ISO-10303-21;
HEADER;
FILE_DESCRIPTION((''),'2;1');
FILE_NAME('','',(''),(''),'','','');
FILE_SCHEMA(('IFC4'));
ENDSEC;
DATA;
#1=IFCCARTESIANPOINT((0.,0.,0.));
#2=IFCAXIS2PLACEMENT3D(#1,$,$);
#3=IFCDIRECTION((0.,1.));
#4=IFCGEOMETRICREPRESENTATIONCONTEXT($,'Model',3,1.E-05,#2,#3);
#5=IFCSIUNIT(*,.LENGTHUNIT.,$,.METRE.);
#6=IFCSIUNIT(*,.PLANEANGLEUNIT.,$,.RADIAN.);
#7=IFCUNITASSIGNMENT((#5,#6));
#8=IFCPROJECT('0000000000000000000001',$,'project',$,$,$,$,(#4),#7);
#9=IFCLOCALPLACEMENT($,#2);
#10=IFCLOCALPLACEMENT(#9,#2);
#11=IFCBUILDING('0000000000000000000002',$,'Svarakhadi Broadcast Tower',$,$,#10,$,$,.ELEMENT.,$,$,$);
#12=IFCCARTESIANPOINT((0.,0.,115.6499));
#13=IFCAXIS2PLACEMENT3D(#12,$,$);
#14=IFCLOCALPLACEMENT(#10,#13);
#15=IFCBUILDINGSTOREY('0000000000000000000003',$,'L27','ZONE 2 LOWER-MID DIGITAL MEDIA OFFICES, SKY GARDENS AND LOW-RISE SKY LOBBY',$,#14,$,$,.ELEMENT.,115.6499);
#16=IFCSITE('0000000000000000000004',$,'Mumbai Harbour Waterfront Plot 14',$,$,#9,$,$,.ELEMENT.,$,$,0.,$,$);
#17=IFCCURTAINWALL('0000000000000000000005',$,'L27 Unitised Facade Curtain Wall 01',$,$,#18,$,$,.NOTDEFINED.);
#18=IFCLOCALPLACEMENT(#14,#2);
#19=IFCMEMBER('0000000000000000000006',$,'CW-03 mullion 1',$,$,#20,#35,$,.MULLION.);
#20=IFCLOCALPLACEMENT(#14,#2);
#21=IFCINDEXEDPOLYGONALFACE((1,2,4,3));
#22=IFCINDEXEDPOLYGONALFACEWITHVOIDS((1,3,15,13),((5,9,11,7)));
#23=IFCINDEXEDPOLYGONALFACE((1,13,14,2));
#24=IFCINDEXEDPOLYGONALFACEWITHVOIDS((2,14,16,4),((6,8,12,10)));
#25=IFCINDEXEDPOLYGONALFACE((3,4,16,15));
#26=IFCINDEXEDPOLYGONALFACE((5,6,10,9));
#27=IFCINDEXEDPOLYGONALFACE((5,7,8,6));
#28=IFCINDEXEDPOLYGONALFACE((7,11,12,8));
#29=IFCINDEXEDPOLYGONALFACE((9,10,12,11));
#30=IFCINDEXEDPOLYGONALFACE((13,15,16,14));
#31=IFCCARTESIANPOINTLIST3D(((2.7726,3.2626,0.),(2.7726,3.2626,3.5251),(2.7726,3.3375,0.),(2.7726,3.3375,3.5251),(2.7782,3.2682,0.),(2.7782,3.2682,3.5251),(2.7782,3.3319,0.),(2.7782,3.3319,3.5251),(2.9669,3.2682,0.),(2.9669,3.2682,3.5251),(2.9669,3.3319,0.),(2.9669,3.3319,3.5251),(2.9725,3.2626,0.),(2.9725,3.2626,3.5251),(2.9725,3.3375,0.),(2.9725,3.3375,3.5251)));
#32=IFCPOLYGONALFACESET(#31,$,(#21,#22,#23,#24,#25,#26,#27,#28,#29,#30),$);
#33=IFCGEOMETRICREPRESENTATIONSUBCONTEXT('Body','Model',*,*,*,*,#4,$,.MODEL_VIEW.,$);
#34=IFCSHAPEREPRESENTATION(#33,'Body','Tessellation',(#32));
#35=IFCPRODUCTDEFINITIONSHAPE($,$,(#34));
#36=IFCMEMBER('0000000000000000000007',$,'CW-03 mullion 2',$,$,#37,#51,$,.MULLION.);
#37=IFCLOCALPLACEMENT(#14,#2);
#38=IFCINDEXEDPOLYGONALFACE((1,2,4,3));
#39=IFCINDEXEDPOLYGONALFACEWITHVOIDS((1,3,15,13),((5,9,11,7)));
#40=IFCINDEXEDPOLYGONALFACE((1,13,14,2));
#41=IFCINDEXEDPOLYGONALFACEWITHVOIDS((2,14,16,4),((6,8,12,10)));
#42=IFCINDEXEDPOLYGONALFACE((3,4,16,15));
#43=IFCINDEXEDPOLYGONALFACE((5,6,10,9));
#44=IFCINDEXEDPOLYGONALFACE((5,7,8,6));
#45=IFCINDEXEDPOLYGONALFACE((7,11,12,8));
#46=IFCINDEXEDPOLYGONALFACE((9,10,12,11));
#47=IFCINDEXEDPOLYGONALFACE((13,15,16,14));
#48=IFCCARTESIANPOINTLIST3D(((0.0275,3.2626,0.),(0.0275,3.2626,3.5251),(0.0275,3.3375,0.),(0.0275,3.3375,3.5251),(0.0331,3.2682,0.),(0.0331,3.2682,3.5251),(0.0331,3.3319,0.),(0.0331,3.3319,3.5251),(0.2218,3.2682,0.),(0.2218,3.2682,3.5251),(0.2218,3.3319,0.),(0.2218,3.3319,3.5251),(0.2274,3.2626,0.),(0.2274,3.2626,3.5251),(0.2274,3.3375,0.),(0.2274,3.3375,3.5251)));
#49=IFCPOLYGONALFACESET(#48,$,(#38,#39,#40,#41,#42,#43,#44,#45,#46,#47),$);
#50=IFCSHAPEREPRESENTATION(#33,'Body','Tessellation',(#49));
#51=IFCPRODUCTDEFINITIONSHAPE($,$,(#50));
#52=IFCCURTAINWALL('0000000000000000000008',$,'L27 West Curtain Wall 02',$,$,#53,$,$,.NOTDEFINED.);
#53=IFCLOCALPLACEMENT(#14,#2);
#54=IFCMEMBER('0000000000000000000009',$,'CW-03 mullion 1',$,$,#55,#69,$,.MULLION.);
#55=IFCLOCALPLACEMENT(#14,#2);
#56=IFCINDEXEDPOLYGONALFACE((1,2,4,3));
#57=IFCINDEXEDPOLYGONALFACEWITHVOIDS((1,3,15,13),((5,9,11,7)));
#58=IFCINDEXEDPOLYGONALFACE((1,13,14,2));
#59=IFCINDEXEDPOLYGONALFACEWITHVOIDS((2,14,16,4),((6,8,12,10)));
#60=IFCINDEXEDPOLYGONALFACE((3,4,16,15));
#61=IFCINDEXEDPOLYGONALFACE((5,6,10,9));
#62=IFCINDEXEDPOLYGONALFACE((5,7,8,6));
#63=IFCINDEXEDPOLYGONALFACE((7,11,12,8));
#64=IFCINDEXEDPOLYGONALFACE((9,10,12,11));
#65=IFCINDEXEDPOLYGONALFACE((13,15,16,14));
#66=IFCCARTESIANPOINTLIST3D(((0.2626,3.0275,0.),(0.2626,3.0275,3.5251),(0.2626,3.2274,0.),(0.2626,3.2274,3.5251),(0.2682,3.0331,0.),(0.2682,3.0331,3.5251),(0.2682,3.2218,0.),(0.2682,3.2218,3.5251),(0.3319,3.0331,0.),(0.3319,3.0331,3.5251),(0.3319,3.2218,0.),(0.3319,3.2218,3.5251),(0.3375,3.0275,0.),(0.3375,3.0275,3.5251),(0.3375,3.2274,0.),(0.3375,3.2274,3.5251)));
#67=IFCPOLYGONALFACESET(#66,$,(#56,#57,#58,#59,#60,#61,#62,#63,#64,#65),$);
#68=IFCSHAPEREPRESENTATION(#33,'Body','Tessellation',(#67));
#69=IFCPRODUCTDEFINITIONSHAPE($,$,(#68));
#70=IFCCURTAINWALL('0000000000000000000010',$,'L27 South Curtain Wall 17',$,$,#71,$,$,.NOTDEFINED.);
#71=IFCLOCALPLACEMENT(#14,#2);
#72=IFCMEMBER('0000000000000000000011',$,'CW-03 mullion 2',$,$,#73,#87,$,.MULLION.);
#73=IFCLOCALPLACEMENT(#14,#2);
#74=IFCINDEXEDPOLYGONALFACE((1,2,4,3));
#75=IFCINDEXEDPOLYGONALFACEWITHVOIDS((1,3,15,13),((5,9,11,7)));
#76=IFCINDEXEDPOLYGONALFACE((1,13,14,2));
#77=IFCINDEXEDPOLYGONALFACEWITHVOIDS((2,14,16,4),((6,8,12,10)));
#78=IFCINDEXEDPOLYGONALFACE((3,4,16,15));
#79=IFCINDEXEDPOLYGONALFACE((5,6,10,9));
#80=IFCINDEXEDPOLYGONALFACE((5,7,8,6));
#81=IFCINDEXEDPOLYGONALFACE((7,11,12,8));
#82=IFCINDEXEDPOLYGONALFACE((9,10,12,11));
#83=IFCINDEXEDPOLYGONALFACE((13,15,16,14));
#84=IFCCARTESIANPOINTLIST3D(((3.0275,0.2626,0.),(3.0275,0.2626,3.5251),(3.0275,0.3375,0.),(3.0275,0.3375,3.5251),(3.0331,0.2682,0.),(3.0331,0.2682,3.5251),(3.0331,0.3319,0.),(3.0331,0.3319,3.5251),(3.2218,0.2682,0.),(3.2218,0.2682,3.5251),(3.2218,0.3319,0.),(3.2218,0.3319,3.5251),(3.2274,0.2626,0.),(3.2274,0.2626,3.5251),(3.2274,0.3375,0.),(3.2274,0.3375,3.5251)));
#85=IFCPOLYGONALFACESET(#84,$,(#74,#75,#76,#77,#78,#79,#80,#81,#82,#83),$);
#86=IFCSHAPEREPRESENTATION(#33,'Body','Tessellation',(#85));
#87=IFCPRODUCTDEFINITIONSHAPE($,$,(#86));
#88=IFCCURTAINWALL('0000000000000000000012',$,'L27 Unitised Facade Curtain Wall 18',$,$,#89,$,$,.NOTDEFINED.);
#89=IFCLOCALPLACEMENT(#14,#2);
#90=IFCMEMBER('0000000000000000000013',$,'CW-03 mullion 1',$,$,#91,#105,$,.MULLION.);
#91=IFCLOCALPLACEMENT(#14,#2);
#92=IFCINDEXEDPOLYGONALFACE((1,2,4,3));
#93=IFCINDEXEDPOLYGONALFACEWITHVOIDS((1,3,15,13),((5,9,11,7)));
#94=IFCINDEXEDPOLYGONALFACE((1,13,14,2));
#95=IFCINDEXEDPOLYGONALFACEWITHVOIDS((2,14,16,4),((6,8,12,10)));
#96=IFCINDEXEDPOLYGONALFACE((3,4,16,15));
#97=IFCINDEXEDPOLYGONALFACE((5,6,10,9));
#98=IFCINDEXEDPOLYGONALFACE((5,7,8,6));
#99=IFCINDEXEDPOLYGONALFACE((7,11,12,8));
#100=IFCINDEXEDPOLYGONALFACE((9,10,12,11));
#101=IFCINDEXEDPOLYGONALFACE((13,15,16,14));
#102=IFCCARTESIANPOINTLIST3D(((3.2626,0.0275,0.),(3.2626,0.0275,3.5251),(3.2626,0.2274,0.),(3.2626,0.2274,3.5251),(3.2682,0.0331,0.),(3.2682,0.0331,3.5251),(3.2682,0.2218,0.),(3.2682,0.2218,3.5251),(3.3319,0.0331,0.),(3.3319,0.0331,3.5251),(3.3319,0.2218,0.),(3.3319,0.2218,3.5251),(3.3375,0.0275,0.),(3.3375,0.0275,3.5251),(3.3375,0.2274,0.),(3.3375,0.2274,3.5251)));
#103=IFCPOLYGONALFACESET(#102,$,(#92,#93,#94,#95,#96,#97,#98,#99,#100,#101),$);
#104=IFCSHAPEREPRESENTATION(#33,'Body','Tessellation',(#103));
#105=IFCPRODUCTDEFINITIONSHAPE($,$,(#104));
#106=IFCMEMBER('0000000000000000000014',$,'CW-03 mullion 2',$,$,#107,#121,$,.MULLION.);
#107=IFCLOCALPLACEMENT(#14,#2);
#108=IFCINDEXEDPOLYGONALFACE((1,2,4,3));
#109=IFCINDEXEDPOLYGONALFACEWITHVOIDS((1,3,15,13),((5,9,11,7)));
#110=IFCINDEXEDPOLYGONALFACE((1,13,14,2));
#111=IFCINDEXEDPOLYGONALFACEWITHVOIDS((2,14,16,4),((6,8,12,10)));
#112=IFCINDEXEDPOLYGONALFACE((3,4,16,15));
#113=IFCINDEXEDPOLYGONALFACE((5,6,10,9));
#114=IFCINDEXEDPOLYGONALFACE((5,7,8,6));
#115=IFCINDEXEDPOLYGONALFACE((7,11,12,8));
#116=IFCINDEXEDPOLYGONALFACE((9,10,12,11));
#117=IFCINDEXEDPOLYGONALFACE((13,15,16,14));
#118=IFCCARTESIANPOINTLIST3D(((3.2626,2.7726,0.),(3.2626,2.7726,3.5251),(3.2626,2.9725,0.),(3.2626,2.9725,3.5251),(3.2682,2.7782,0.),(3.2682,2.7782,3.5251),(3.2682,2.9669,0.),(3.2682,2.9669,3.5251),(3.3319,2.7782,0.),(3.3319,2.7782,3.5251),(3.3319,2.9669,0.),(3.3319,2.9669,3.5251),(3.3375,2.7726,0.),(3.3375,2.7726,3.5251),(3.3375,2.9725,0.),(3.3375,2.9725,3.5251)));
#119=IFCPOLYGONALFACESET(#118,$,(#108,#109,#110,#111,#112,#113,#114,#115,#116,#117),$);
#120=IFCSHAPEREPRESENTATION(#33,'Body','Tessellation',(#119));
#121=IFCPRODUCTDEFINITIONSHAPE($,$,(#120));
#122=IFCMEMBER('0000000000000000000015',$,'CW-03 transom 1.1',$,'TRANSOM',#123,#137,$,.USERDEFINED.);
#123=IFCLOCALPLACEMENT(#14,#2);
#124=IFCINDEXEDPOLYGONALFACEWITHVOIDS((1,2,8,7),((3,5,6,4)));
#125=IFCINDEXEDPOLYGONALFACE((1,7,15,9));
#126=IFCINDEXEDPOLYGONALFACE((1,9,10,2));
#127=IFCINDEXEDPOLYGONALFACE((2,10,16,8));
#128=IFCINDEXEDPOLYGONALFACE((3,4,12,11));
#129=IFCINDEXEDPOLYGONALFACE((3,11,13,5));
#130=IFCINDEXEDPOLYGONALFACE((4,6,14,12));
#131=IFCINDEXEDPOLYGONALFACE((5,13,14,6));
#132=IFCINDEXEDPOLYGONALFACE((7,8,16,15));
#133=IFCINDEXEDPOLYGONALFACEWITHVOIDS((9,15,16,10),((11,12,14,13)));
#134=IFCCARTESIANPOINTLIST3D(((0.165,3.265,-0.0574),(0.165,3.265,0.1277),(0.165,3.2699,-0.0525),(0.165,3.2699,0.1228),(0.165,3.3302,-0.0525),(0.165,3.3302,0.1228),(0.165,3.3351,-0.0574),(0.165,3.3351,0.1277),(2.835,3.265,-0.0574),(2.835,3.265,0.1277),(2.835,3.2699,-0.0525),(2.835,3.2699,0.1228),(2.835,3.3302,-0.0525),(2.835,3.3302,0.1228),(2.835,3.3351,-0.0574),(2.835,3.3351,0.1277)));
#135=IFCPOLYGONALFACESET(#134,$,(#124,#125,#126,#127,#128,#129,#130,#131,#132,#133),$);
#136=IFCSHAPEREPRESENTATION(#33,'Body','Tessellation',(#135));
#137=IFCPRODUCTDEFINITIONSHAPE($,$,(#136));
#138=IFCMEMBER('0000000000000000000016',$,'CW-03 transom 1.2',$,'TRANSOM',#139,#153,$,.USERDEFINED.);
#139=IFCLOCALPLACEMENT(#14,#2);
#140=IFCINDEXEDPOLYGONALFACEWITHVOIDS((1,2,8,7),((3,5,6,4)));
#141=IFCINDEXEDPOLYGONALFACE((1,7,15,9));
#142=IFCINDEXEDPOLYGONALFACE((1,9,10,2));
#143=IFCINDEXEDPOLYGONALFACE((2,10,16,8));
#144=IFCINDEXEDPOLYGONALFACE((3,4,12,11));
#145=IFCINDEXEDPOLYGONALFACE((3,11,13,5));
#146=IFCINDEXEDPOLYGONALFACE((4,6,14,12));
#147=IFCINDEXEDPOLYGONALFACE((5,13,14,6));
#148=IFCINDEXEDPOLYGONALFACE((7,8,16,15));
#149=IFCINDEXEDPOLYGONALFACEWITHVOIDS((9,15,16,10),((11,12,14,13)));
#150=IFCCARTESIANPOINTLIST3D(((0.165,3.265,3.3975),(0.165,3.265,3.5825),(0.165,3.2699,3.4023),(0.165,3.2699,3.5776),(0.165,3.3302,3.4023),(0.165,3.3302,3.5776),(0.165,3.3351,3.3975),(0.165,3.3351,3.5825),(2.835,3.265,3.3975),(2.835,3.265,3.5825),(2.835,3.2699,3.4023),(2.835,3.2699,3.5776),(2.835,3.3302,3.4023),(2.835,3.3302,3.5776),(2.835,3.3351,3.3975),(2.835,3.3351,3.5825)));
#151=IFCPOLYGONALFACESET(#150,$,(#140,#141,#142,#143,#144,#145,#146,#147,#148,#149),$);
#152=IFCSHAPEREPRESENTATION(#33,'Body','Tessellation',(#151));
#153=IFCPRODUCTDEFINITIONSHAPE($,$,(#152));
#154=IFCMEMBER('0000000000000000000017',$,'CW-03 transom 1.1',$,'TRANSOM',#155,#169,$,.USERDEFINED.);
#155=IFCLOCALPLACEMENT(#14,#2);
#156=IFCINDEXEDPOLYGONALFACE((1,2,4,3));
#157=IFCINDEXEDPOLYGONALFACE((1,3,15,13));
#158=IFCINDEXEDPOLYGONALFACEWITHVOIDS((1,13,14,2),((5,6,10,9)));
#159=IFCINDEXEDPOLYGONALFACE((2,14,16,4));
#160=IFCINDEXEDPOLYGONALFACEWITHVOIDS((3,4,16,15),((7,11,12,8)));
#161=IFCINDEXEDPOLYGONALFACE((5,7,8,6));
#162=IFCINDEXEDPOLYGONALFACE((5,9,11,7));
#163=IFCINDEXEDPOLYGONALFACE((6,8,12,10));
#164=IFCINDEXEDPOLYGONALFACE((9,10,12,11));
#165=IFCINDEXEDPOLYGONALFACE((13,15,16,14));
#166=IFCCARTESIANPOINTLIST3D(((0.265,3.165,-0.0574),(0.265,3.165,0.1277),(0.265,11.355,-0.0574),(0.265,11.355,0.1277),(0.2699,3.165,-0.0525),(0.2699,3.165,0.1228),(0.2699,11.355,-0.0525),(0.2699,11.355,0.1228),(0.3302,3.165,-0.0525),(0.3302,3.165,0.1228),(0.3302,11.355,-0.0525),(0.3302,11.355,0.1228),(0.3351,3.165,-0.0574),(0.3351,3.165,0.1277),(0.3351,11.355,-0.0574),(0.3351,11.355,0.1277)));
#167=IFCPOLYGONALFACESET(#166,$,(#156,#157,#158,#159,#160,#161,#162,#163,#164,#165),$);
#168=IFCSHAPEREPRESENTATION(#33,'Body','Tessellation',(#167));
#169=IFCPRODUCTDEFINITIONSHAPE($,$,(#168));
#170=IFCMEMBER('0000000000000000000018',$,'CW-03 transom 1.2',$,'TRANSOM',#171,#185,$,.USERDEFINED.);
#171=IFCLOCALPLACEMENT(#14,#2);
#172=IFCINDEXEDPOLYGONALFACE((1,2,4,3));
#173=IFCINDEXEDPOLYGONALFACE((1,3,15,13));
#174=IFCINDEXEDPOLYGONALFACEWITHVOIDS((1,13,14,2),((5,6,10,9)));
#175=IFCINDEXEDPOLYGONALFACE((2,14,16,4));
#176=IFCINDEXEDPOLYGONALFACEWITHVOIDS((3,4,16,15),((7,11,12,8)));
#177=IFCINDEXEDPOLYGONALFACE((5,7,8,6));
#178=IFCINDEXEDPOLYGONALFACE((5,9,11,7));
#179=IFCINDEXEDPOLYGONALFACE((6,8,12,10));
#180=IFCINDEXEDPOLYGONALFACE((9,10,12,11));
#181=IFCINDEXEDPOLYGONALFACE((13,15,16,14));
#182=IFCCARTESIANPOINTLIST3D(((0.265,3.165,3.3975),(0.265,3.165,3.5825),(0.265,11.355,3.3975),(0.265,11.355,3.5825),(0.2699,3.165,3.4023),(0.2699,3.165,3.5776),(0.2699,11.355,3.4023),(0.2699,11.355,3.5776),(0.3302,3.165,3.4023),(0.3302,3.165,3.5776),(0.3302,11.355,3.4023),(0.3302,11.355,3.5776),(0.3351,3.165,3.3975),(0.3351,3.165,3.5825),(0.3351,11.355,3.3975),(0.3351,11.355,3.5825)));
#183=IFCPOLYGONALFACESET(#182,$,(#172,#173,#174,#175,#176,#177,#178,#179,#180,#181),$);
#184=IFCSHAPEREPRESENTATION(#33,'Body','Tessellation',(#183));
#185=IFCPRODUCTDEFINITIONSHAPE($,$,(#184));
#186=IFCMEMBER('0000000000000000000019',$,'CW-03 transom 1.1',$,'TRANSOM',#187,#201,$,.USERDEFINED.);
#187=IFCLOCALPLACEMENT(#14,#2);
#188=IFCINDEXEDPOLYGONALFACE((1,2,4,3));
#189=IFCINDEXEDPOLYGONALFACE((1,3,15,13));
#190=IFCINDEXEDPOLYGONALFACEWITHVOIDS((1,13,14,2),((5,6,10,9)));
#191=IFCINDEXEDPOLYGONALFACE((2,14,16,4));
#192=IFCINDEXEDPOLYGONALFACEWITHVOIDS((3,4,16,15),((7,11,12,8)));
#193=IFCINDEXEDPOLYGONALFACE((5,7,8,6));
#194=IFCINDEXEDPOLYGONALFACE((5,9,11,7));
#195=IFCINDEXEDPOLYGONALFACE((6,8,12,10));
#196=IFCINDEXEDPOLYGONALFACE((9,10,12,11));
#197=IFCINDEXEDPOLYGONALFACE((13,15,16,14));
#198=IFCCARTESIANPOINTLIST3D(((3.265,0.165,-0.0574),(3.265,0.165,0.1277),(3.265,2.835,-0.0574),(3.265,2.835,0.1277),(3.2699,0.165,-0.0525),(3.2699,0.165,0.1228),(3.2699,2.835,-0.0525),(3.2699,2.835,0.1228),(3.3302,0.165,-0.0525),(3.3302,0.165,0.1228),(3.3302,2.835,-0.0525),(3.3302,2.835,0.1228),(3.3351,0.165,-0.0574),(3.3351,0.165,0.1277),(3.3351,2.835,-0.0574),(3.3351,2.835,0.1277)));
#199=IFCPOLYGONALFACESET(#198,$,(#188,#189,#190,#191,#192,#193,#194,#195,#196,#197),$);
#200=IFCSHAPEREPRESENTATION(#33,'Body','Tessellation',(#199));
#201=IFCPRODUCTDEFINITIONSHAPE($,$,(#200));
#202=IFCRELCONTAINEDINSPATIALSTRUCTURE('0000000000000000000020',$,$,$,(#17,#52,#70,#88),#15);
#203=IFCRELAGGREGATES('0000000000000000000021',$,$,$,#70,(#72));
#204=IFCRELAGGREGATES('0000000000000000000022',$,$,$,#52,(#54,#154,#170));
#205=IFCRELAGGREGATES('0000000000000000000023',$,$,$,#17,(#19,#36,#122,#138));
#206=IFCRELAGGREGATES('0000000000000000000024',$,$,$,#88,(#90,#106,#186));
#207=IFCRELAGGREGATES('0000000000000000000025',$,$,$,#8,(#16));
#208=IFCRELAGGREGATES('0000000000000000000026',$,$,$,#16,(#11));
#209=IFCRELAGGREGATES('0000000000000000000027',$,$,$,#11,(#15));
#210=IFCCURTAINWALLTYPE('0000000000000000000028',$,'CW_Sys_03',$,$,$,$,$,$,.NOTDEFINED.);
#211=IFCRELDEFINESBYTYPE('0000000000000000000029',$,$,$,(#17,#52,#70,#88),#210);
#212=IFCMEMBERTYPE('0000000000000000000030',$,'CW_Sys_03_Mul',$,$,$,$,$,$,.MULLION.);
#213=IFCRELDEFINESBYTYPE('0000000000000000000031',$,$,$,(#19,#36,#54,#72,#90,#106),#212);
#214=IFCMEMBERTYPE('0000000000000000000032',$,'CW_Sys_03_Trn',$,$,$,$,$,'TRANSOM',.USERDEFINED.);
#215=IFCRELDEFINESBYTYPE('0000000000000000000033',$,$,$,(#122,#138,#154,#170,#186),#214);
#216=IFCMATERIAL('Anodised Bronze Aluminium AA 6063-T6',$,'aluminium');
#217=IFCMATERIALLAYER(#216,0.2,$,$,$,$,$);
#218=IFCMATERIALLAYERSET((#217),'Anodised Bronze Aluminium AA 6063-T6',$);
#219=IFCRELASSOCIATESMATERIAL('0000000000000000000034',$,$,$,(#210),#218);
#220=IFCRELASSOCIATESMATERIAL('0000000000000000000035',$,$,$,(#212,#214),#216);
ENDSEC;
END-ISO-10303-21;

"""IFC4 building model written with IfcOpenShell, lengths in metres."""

from ifc_helpers import new_model, si_unit, direction, frame, origin, origin_2d, place, context, subcontext, project, spatial, hollow_rectangle, extrude, material, layer, layer_set, material_profile, profile_set, type_object, element, aggregate, save


model = new_model("IFC4")

# Units and contexts
model_context = context("Model", 3, precision=1e-05, world=origin(), true_north=direction((0.0, 1.0)))
body_context = subcontext(model_context, "Body", "Model", "MODEL_VIEW")
ifc_project = project(units=[si_unit("LENGTHUNIT", "METRE"), si_unit("PLANEANGLEUNIT", "RADIAN")], contexts=[model_context])

# Site, building, storey
site_placement = place(None, origin())
site = spatial("IfcSite", under=ifc_project, at=site_placement, Name="Mumbai Harbour Waterfront Plot 14", CompositionType="ELEMENT", RefElevation=0.0)
building_placement = place(site_placement, origin())
building = spatial("IfcBuilding", under=site, at=building_placement, Name="Svarakhadi Broadcast Tower", CompositionType="ELEMENT")
storey_placement = place(building_placement, frame((0.0, 0.0, 115.6499)))
storey = spatial("IfcBuildingStorey", under=building, at=storey_placement, Name="L27", Description="ZONE 2 LOWER-MID DIGITAL MEDIA OFFICES, SKY GARDENS AND LOW-RISE SKY LOBBY", CompositionType="ELEMENT", Elevation=115.6499)

# Curtain wall, members
ifc_material_1 = material(Name="Anodised Bronze Aluminium AA 6063-T6", Category="aluminium")
ifc_layer_1 = layer(ifc_material_1, 0.2)
ifc_layer_set_1 = layer_set([ifc_layer_1], Name="Anodised Bronze Aluminium AA 6063-T6")
curtain_wall_type = type_object("IfcCurtainWallType", Name="CW_Sys_03", PredefinedType="NOTDEFINED", material=ifc_layer_set_1)
curtain_wall_1_placement = place(storey_placement, origin())
curtain_wall_1 = element("IfcCurtainWall", 1, at=curtain_wall_1_placement, inside=storey, type_object=curtain_wall_type, Name="L27 Unitised Facade Curtain Wall 01", PredefinedType="NOTDEFINED")
ifc_material_profile_1 = material_profile(ifc_material_1, hollow_rectangle(XDim=0.075, YDim=0.2, WallThickness=0.0056, at=origin_2d()), Name="ALU MULLION 200x75x6")
ifc_profile_set_1 = profile_set([ifc_material_profile_1], Name="Anodised Bronze Aluminium AA 6063-T6")
member_type_1 = type_object("IfcMemberType", Name="CW_Sys_03_Mul", PredefinedType="MULLION", material=ifc_profile_set_1)
member_1_placement = place(storey_placement, frame((2.8726, 3.3, 0.0), z_axis=(0.0, 0.0, 1.0), x_axis=(0.0, -1.0, 0.0)))
member_1 = element("IfcMember", 2, at=member_1_placement, type_object=member_type_1, Name="CW-03 mullion 1", PredefinedType="MULLION", context=body_context, shape_type="SweptSolid", body=[
    extrude(hollow_rectangle(XDim=0.075, YDim=0.2, WallThickness=0.0056, at=origin_2d()), origin(), (0.0, 0.0, 1.0), 3.5251),
])
member_2_placement = place(storey_placement, frame((0.1274, 3.3, 0.0), z_axis=(0.0, 0.0, 1.0), x_axis=(0.0, -1.0, 0.0)))
member_2 = element("IfcMember", 3, at=member_2_placement, type_object=member_type_1, Name="CW-03 mullion 2", PredefinedType="MULLION", context=body_context, shape_type="SweptSolid", body=[
    extrude(hollow_rectangle(XDim=0.075, YDim=0.2, WallThickness=0.0056, at=origin_2d()), origin(), (0.0, 0.0, 1.0), 3.5251),
])

# Curtain walls, members
curtain_wall_2_placement = place(storey_placement, origin())
curtain_wall_2 = element("IfcCurtainWall", 4, at=curtain_wall_2_placement, inside=storey, type_object=curtain_wall_type, Name="L27 West Curtain Wall 02", PredefinedType="NOTDEFINED")
member_3_placement = place(storey_placement, frame((0.3, 3.1274, 0.0), z_axis=(0.0, 0.0, 1.0), x_axis=(-1.0, 0.0, 0.0)))
member_3 = element("IfcMember", 5, at=member_3_placement, type_object=member_type_1, Name="CW-03 mullion 1", PredefinedType="MULLION", context=body_context, shape_type="SweptSolid", body=[
    extrude(hollow_rectangle(XDim=0.075, YDim=0.2, WallThickness=0.0056, at=origin_2d()), origin(), (0.0, 0.0, 1.0), 3.5251),
])
curtain_wall_3_placement = place(storey_placement, origin())
curtain_wall_3 = element("IfcCurtainWall", 6, at=curtain_wall_3_placement, inside=storey, type_object=curtain_wall_type, Name="L27 South Curtain Wall 17", PredefinedType="NOTDEFINED")
member_4_placement = place(storey_placement, frame((3.1274, 0.3, 0.0), z_axis=(0.0, 0.0, 1.0), x_axis=(0.0, -1.0, 0.0)))
member_4 = element("IfcMember", 7, at=member_4_placement, type_object=member_type_1, Name="CW-03 mullion 2", PredefinedType="MULLION", context=body_context, shape_type="SweptSolid", body=[
    extrude(hollow_rectangle(XDim=0.075, YDim=0.2, WallThickness=0.0056, at=origin_2d()), origin(), (0.0, 0.0, 1.0), 3.5251),
])
aggregate(curtain_wall_3, [member_4])

# Curtain wall, members
curtain_wall_4_placement = place(storey_placement, origin())
curtain_wall_4 = element("IfcCurtainWall", 8, at=curtain_wall_4_placement, inside=storey, type_object=curtain_wall_type, Name="L27 Unitised Facade Curtain Wall 18", PredefinedType="NOTDEFINED")
member_5_placement = place(storey_placement, frame((3.3, 0.1274, 0.0), z_axis=(0.0, 0.0, 1.0), x_axis=(-1.0, 0.0, 0.0)))
member_5 = element("IfcMember", 9, at=member_5_placement, type_object=member_type_1, Name="CW-03 mullion 1", PredefinedType="MULLION", context=body_context, shape_type="SweptSolid", body=[
    extrude(hollow_rectangle(XDim=0.075, YDim=0.2, WallThickness=0.0056, at=origin_2d()), origin(), (0.0, 0.0, 1.0), 3.5251),
])
member_6_placement = place(storey_placement, frame((3.3, 2.8726, 0.0), z_axis=(0.0, 0.0, 1.0), x_axis=(-1.0, 0.0, 0.0)))
member_6 = element("IfcMember", 10, at=member_6_placement, type_object=member_type_1, Name="CW-03 mullion 2", PredefinedType="MULLION", context=body_context, shape_type="SweptSolid", body=[
    extrude(hollow_rectangle(XDim=0.075, YDim=0.2, WallThickness=0.0056, at=origin_2d()), origin(), (0.0, 0.0, 1.0), 3.5251),
])

# Members
ifc_material_profile_2 = material_profile(ifc_material_1, hollow_rectangle(XDim=0.0701, YDim=0.1851, WallThickness=0.0049, at=origin_2d()), Name="ALU TRANSOM 185x70x5")
ifc_profile_set_2 = profile_set([ifc_material_profile_2], Name="Anodised Bronze Aluminium AA 6063-T6")
member_type_2 = type_object("IfcMemberType", Name="CW_Sys_03_Trn", ElementType="TRANSOM", PredefinedType="USERDEFINED", material=ifc_profile_set_2)
member_7_placement = place(storey_placement, frame((2.835, 3.3, 0.0352), z_axis=(-1.0, 0.0, 0.0), x_axis=(0.0, -1.0, 0.0)))
member_7 = element("IfcMember", 11, at=member_7_placement, type_object=member_type_2, Name="CW-03 transom 1.1", ObjectType="TRANSOM", PredefinedType="USERDEFINED", context=body_context, shape_type="SweptSolid", body=[
    extrude(hollow_rectangle(XDim=0.0701, YDim=0.1851, WallThickness=0.0049, at=origin_2d()), origin(), (0.0, 0.0, 1.0), 2.6699),
])
member_8_placement = place(storey_placement, frame((2.835, 3.3, 3.49), z_axis=(-1.0, 0.0, 0.0), x_axis=(0.0, -1.0, 0.0)))
member_8 = element("IfcMember", 12, at=member_8_placement, type_object=member_type_2, Name="CW-03 transom 1.2", ObjectType="TRANSOM", PredefinedType="USERDEFINED", context=body_context, shape_type="SweptSolid", body=[
    extrude(hollow_rectangle(XDim=0.0701, YDim=0.1851, WallThickness=0.0049, at=origin_2d()), origin(), (0.0, 0.0, 1.0), 2.6699),
])
member_9_placement = place(storey_placement, frame((0.3, 3.165, 0.0352), z_axis=(0.0, 1.0, 0.0), x_axis=(-1.0, 0.0, 0.0)))
member_9 = element("IfcMember", 13, at=member_9_placement, type_object=member_type_2, Name="CW-03 transom 1.1", ObjectType="TRANSOM", PredefinedType="USERDEFINED", context=body_context, shape_type="SweptSolid", body=[
    extrude(hollow_rectangle(XDim=0.0701, YDim=0.1851, WallThickness=0.0049, at=origin_2d()), origin(), (0.0, 0.0, 1.0), 8.1899),
])
member_10_placement = place(storey_placement, frame((0.3, 3.165, 3.49), z_axis=(0.0, 1.0, 0.0), x_axis=(-1.0, 0.0, 0.0)))
member_10 = element("IfcMember", 14, at=member_10_placement, type_object=member_type_2, Name="CW-03 transom 1.2", ObjectType="TRANSOM", PredefinedType="USERDEFINED", context=body_context, shape_type="SweptSolid", body=[
    extrude(hollow_rectangle(XDim=0.0701, YDim=0.1851, WallThickness=0.0049, at=origin_2d()), origin(), (0.0, 0.0, 1.0), 8.1899),
])
aggregate(curtain_wall_2, [member_3, member_9, member_10])
member_11_placement = place(storey_placement, frame((3.3, 0.165, 0.0352), z_axis=(0.0, 1.0, 0.0), x_axis=(-1.0, 0.0, 0.0)))
member_11 = element("IfcMember", 15, at=member_11_placement, type_object=member_type_2, Name="CW-03 transom 1.1", ObjectType="TRANSOM", PredefinedType="USERDEFINED", context=body_context, shape_type="SweptSolid", body=[
    extrude(hollow_rectangle(XDim=0.0701, YDim=0.1851, WallThickness=0.0049, at=origin_2d()), origin(), (0.0, 0.0, 1.0), 2.6699),
])

aggregate(curtain_wall_1, [member_1, member_2, member_7, member_8])
aggregate(curtain_wall_4, [member_5, member_6, member_11])

save(model, "model.ifc")
